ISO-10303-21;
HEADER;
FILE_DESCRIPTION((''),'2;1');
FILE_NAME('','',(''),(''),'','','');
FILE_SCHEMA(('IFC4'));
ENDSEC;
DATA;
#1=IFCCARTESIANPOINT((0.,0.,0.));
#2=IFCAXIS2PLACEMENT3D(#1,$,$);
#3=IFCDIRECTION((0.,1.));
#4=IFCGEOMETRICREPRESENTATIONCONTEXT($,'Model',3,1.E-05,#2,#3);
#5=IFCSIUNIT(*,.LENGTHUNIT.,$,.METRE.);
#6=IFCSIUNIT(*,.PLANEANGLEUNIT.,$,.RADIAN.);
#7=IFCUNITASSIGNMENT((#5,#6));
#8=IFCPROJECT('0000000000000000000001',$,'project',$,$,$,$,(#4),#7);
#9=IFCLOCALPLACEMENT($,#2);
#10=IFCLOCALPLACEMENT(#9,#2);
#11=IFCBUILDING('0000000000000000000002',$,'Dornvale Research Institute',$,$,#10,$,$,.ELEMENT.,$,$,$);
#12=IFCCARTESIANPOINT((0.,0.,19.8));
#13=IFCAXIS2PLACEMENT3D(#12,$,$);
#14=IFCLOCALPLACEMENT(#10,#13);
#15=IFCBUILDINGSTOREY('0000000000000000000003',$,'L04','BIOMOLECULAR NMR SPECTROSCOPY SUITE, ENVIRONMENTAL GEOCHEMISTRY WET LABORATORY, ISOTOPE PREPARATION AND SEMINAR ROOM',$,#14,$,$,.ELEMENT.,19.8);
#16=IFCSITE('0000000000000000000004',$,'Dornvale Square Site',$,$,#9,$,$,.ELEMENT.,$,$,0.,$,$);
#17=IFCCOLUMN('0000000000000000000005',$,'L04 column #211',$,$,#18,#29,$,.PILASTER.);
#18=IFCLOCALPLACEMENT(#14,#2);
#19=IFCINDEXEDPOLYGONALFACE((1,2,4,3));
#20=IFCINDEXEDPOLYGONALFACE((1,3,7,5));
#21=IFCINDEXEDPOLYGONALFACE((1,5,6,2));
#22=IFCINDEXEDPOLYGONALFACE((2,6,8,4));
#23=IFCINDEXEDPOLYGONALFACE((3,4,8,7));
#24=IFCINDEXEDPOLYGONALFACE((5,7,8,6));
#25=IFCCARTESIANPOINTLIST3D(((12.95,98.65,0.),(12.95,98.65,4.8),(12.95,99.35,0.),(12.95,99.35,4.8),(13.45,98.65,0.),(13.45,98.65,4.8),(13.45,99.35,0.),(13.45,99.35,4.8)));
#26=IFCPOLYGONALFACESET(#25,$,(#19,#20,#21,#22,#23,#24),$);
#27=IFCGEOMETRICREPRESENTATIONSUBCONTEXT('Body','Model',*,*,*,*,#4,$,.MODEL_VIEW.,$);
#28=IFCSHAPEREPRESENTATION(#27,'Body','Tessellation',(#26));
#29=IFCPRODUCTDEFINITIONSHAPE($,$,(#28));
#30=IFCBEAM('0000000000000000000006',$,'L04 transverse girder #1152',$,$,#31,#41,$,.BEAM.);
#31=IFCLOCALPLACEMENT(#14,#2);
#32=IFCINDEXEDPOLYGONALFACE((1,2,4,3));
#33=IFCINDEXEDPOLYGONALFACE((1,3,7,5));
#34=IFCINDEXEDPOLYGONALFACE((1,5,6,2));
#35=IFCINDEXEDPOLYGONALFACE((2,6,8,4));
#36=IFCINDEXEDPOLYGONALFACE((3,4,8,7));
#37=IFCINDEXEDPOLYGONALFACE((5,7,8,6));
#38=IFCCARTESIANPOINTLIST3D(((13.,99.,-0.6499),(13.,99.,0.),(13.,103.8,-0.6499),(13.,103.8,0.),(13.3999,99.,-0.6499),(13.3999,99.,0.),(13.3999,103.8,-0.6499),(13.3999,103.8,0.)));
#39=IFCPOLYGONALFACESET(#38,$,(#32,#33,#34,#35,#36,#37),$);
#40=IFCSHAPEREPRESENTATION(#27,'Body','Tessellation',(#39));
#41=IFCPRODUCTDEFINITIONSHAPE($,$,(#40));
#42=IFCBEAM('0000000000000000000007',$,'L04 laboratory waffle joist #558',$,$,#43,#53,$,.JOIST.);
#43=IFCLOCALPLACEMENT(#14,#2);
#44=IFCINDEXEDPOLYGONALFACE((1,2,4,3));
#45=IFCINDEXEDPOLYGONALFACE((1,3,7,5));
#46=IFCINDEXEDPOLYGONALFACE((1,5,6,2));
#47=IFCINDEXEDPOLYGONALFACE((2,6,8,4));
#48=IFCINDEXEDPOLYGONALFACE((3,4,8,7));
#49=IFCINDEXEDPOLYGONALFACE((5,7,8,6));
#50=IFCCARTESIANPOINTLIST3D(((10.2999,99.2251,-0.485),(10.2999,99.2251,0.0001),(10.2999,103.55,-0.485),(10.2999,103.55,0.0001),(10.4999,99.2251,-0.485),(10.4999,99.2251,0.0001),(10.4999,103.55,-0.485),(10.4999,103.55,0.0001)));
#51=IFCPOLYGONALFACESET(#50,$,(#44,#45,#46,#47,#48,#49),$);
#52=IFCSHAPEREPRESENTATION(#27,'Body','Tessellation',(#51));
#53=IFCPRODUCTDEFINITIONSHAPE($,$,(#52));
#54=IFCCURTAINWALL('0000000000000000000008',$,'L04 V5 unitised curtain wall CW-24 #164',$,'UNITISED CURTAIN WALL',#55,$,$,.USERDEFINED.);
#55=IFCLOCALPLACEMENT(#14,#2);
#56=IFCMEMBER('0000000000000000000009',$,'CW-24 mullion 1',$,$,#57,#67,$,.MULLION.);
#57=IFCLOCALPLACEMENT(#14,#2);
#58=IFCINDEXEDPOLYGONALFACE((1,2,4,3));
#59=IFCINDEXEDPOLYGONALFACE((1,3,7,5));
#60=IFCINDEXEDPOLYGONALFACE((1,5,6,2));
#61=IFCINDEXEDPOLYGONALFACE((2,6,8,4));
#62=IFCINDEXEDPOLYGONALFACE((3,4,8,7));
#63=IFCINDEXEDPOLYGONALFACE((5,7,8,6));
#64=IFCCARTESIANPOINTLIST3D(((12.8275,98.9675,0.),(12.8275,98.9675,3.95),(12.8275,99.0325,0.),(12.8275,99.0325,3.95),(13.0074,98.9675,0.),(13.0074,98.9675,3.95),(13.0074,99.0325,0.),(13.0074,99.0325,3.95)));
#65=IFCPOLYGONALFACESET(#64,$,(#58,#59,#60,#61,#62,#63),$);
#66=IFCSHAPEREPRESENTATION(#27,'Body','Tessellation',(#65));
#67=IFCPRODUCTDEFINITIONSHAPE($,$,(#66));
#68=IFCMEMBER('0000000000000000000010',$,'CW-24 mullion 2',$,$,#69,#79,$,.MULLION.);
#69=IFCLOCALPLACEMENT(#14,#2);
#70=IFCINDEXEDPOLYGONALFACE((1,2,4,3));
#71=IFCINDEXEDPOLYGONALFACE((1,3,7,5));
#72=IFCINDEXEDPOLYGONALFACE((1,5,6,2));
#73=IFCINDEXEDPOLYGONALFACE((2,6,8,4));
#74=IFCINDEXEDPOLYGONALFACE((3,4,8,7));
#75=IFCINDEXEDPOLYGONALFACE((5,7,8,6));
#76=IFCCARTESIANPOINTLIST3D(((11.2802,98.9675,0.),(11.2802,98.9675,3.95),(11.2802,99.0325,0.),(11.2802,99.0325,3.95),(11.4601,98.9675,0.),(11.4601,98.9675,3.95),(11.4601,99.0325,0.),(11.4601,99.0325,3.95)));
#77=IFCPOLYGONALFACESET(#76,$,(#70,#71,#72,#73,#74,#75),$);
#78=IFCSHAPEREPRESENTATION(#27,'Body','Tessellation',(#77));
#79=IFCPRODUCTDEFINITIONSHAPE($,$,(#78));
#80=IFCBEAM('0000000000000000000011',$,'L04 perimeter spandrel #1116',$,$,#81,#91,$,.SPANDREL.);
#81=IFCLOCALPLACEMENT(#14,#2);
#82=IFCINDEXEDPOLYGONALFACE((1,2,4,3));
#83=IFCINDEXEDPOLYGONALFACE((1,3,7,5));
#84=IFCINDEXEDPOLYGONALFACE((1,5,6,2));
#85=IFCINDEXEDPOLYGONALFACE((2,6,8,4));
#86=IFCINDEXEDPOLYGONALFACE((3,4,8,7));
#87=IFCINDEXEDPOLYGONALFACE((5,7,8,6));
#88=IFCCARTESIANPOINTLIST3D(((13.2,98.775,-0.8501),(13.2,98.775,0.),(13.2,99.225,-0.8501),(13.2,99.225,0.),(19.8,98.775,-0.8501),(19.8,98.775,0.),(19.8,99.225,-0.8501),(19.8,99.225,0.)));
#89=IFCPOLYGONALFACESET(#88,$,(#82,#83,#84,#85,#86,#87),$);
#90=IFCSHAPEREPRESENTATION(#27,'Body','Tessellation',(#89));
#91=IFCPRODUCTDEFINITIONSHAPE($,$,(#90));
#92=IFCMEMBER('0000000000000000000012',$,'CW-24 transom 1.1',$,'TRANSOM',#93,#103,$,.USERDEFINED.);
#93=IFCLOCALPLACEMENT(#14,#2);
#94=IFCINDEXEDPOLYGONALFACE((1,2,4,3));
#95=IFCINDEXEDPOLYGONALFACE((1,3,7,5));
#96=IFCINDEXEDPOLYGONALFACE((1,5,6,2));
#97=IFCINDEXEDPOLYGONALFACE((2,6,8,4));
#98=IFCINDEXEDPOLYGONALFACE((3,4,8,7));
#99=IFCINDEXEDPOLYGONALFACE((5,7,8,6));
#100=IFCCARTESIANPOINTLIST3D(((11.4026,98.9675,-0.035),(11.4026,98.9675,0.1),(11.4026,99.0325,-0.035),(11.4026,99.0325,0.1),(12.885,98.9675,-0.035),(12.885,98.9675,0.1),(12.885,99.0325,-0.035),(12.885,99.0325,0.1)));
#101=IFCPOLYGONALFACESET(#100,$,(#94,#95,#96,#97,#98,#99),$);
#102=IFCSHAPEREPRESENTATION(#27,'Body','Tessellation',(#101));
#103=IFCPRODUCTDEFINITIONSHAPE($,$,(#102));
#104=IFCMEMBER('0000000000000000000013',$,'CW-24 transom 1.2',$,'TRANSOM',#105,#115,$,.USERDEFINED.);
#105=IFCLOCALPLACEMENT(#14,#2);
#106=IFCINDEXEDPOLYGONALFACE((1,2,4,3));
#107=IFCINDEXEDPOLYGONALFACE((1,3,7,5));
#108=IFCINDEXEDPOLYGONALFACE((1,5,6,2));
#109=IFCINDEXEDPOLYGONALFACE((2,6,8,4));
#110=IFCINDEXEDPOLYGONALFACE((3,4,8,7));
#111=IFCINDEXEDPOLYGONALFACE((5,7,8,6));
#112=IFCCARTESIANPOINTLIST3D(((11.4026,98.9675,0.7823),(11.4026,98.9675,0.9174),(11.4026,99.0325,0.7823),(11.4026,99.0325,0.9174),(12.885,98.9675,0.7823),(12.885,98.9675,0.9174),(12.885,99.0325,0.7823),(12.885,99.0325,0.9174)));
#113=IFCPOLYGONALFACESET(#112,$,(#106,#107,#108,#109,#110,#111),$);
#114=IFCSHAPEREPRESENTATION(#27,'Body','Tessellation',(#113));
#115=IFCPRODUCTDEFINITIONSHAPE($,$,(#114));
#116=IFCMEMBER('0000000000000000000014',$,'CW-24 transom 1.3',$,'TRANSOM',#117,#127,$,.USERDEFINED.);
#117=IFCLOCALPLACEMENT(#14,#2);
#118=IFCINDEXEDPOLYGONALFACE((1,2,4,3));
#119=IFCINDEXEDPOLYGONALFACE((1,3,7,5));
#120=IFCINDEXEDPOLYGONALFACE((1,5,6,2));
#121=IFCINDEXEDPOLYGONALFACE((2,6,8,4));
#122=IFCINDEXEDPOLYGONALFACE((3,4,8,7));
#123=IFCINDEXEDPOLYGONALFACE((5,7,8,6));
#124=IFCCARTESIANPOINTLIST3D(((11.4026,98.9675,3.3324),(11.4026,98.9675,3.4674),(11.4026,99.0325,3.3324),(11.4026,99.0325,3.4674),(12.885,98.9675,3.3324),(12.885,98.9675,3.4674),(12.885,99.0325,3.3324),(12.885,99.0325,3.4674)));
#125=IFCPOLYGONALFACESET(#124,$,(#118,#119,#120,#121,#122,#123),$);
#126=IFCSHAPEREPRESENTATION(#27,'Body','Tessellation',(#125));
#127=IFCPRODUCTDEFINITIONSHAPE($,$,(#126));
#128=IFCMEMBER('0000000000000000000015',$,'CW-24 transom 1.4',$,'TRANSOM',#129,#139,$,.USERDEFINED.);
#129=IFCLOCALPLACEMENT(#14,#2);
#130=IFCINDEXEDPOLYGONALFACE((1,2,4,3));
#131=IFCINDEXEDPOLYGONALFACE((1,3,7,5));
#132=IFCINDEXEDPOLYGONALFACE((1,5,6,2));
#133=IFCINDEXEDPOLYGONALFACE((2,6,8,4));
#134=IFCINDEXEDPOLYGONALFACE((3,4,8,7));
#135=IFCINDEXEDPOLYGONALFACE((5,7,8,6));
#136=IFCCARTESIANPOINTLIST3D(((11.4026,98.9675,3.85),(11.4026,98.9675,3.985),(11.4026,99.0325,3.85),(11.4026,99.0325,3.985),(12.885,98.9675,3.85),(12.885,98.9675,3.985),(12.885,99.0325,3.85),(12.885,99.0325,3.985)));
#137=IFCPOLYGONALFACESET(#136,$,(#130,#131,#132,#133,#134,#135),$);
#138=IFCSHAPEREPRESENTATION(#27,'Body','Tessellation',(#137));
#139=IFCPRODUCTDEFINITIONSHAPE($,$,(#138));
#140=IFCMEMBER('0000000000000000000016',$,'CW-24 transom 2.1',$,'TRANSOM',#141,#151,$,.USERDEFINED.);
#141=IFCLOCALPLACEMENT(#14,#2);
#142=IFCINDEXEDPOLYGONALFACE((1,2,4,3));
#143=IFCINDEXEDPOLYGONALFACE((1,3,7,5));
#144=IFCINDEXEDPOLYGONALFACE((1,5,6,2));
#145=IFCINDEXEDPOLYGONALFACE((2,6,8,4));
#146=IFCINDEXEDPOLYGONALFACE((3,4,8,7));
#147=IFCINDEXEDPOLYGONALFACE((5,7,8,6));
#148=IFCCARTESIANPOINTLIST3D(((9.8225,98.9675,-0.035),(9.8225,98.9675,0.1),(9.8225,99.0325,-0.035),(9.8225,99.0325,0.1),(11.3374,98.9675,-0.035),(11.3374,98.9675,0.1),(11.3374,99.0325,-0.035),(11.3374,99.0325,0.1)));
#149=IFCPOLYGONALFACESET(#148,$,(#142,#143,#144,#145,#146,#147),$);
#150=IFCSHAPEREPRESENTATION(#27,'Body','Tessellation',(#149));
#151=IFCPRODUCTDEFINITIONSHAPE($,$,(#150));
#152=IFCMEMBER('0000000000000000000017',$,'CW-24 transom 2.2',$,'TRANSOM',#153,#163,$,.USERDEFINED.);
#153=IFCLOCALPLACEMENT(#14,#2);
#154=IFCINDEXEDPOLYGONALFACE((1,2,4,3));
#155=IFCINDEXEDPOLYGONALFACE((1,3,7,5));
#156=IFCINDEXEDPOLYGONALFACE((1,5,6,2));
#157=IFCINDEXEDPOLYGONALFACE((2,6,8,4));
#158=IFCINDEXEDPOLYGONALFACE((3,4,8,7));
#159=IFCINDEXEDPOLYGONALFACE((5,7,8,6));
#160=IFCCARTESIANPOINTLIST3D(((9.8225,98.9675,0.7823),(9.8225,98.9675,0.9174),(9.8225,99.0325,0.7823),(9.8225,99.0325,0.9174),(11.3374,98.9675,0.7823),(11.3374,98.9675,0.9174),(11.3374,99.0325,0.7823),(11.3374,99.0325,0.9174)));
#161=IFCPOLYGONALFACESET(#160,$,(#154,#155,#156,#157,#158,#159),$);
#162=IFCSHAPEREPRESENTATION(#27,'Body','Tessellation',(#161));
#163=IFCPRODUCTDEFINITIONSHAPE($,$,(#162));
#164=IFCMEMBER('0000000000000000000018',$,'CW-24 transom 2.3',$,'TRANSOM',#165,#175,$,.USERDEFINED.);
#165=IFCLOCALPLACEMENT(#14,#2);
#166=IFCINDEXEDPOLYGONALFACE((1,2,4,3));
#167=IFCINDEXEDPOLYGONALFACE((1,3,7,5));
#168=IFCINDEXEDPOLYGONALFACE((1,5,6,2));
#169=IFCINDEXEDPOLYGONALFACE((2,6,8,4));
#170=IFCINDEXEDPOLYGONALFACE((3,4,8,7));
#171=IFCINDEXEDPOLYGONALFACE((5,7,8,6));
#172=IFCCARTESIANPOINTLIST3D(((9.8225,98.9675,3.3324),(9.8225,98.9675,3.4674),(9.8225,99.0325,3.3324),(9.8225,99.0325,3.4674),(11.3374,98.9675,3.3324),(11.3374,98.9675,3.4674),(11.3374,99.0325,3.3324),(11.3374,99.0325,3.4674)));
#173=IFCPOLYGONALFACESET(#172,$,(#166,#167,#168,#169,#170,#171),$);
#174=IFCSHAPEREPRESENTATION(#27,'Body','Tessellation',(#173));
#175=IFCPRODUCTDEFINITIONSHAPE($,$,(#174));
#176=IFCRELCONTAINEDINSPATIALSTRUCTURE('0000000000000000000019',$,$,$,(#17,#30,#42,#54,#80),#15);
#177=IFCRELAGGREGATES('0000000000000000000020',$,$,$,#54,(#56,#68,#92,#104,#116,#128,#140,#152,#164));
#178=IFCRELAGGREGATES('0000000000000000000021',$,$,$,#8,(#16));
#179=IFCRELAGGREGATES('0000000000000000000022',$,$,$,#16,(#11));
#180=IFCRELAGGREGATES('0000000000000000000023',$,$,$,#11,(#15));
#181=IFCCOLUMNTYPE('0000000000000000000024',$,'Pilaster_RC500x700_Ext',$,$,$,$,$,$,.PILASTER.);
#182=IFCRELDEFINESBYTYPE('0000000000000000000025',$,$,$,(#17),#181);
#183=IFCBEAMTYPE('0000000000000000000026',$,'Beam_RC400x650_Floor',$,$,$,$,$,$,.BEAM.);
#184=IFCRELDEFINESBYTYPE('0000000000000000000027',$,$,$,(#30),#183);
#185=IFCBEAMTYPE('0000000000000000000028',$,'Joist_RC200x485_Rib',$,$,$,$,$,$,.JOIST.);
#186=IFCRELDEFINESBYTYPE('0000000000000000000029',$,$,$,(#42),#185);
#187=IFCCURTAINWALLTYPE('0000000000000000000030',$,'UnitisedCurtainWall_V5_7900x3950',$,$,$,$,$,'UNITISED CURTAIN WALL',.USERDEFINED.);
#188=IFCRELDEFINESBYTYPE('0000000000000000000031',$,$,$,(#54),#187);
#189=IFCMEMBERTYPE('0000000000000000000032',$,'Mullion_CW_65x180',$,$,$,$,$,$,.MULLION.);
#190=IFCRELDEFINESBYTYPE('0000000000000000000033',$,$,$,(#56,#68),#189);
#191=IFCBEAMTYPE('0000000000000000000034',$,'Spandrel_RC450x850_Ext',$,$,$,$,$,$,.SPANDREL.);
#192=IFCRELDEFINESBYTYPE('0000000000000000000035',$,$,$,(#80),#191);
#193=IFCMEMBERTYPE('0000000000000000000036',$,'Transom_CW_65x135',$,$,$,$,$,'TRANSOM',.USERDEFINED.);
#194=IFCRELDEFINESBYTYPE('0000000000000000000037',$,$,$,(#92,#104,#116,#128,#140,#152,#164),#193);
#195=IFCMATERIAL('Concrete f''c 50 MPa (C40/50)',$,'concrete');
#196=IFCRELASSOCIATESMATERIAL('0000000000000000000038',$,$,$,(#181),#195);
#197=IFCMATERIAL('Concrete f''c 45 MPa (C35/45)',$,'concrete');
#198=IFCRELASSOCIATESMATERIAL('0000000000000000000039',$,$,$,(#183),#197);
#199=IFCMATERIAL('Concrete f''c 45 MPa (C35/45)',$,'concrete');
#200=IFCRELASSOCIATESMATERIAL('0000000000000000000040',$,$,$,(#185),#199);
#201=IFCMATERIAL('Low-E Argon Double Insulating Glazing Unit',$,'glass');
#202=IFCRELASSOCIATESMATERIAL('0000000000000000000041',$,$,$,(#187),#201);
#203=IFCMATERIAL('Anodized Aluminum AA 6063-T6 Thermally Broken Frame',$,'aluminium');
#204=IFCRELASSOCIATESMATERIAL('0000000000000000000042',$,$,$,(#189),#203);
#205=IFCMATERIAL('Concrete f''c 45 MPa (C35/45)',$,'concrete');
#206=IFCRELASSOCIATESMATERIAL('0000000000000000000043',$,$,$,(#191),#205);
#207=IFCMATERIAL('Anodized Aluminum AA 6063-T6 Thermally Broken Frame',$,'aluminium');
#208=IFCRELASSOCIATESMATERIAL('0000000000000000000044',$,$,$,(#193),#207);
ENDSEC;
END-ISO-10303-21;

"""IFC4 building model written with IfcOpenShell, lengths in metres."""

from ifc_helpers import new_model, si_unit, direction, frame, origin, origin_2d, place, context, subcontext, project, spatial, rectangle, extrude, material, material_profile, profile_set, type_object, element, aggregate, save


model = new_model("IFC4")

# Units and contexts
model_context = context("Model", 3, precision=1e-05, world=origin(), true_north=direction((0.0, 1.0)))
body_context = subcontext(model_context, "Body", "Model", "MODEL_VIEW")
ifc_project = project(units=[si_unit("LENGTHUNIT", "METRE"), si_unit("PLANEANGLEUNIT", "RADIAN")], contexts=[model_context])

# Site, building, storey
site_placement = place(None, origin())
site = spatial("IfcSite", under=ifc_project, at=site_placement, Name="Dornvale Square Site", CompositionType="ELEMENT", RefElevation=0.0)
building_placement = place(site_placement, origin())
building = spatial("IfcBuilding", under=site, at=building_placement, Name="Dornvale Research Institute", CompositionType="ELEMENT")
storey_placement = place(building_placement, frame((0.0, 0.0, 19.8)))
storey = spatial("IfcBuildingStorey", under=building, at=storey_placement, Name="L04", Description="BIOMOLECULAR NMR SPECTROSCOPY SUITE, ENVIRONMENTAL GEOCHEMISTRY WET LABORATORY, ISOTOPE PREPARATION AND SEMINAR ROOM", CompositionType="ELEMENT", Elevation=19.8)

# Column
ifc_material_1 = material(Name="Concrete f'c 50 MPa (C40/50)", Category="concrete")
ifc_material_profile_1 = material_profile(ifc_material_1, rectangle(XDim=0.5, YDim=0.7, at=origin_2d()), Name="RC 500x700")
ifc_profile_set_1 = profile_set([ifc_material_profile_1], Name="Concrete f'c 50 MPa (C40/50)")
column_type = type_object("IfcColumnType", Name="Pilaster_RC500x700_Ext", PredefinedType="PILASTER", material=ifc_profile_set_1)
column_placement = place(storey_placement, frame((13.2, 99.0, 0.0), z_axis=(0.0, 0.0, 1.0), x_axis=(1.0, 0.0, 0.0)))
element("IfcColumn", 1, at=column_placement, inside=storey, type_object=column_type, Name="L04 column #211", PredefinedType="PILASTER", context=body_context, shape_type="SweptSolid", body=[
    extrude(rectangle(XDim=0.5, YDim=0.7, at=origin_2d()), origin(), (0.0, 0.0, 1.0), 4.8),
])

# Beams
ifc_material_2 = material(Name="Concrete f'c 45 MPa (C35/45)", Category="concrete")
ifc_material_profile_2 = material_profile(ifc_material_2, rectangle(XDim=0.3999, YDim=0.6499, at=origin_2d()), Name="RC 400x650")
ifc_profile_set_2 = profile_set([ifc_material_profile_2], Name="Concrete f'c 45 MPa (C35/45)")
beam_type_1 = type_object("IfcBeamType", Name="Beam_RC400x650_Floor", PredefinedType="BEAM", material=ifc_profile_set_2)
beam_1_placement = place(storey_placement, frame((13.2, 99.0, -0.325), z_axis=(0.0, 1.0, 0.0), x_axis=(-1.0, 0.0, 0.0)))
element("IfcBeam", 2, at=beam_1_placement, inside=storey, type_object=beam_type_1, Name="L04 transverse girder #1152", PredefinedType="BEAM", context=body_context, shape_type="SweptSolid", body=[
    extrude(rectangle(XDim=0.3999, YDim=0.6499, at=origin_2d()), origin(), (0.0, 0.0, 1.0), 4.8),
])
ifc_material_3 = material(Name="Concrete f'c 45 MPa (C35/45)", Category="concrete")
ifc_material_profile_3 = material_profile(ifc_material_3, rectangle(XDim=0.2, YDim=0.4851, at=origin_2d()), Name="RC 200x485")
ifc_profile_set_3 = profile_set([ifc_material_profile_3], Name="Concrete f'c 45 MPa (C35/45)")
beam_type_2 = type_object("IfcBeamType", Name="Joist_RC200x485_Rib", PredefinedType="JOIST", material=ifc_profile_set_3)
beam_2_placement = place(storey_placement, frame((10.3999, 99.2251, -0.2424), z_axis=(0.0, 1.0, 0.0), x_axis=(-1.0, 0.0, 0.0)))
element("IfcBeam", 3, at=beam_2_placement, inside=storey, type_object=beam_type_2, Name="L04 laboratory waffle joist #558", PredefinedType="JOIST", context=body_context, shape_type="SweptSolid", body=[
    extrude(rectangle(XDim=0.2, YDim=0.4851, at=origin_2d()), origin(), (0.0, 0.0, 1.0), 4.325),
])

# Curtain wall, members
ifc_material_4 = material(Name="Low-E Argon Double Insulating Glazing Unit", Category="glass")
curtain_wall_type = type_object("IfcCurtainWallType", Name="UnitisedCurtainWall_V5_7900x3950", ElementType="UNITISED CURTAIN WALL", PredefinedType="USERDEFINED", material=ifc_material_4)
curtain_wall_placement = place(storey_placement, origin())
curtain_wall = element("IfcCurtainWall", 4, at=curtain_wall_placement, inside=storey, type_object=curtain_wall_type, Name="L04 V5 unitised curtain wall CW-24 #164", ObjectType="UNITISED CURTAIN WALL", PredefinedType="USERDEFINED")
ifc_material_5 = material(Name="Anodized Aluminum AA 6063-T6 Thermally Broken Frame", Category="aluminium")
ifc_material_profile_4 = material_profile(ifc_material_5, rectangle(XDim=0.0649, YDim=0.1799, at=origin_2d()), Name="ALU MULLION 65x180")
ifc_profile_set_4 = profile_set([ifc_material_profile_4], Name="Anodized Aluminum AA 6063-T6 Thermally Broken Frame")
member_type_1 = type_object("IfcMemberType", Name="Mullion_CW_65x180", PredefinedType="MULLION", material=ifc_profile_set_4)
member_1_placement = place(storey_placement, frame((12.9175, 99.0, 0.0), z_axis=(0.0, 0.0, 1.0), x_axis=(0.0, -1.0, 0.0)))
member_1 = element("IfcMember", 5, at=member_1_placement, type_object=member_type_1, Name="CW-24 mullion 1", PredefinedType="MULLION", context=body_context, shape_type="SweptSolid", body=[
    extrude(rectangle(XDim=0.0649, YDim=0.1799, at=origin_2d()), origin(), (0.0, 0.0, 1.0), 3.95),
])
member_2_placement = place(storey_placement, frame((11.3701, 99.0, 0.0), z_axis=(0.0, 0.0, 1.0), x_axis=(0.0, -1.0, 0.0)))
member_2 = element("IfcMember", 6, at=member_2_placement, type_object=member_type_1, Name="CW-24 mullion 2", PredefinedType="MULLION", context=body_context, shape_type="SweptSolid", body=[
    extrude(rectangle(XDim=0.0649, YDim=0.1799, at=origin_2d()), origin(), (0.0, 0.0, 1.0), 3.95),
])

# Beam
ifc_material_6 = material(Name="Concrete f'c 45 MPa (C35/45)", Category="concrete")
ifc_material_profile_5 = material_profile(ifc_material_6, rectangle(XDim=0.45, YDim=0.8501, at=origin_2d()), Name="RC 450x850")
ifc_profile_set_5 = profile_set([ifc_material_profile_5], Name="Concrete f'c 45 MPa (C35/45)")
beam_type_3 = type_object("IfcBeamType", Name="Spandrel_RC450x850_Ext", PredefinedType="SPANDREL", material=ifc_profile_set_5)
beam_3_placement = place(storey_placement, frame((13.2, 99.0, -0.425), z_axis=(1.0, 0.0, 0.0), x_axis=(0.0, 1.0, 0.0)))
element("IfcBeam", 7, at=beam_3_placement, inside=storey, type_object=beam_type_3, Name="L04 perimeter spandrel #1116", PredefinedType="SPANDREL", context=body_context, shape_type="SweptSolid", body=[
    extrude(rectangle(XDim=0.45, YDim=0.8501, at=origin_2d()), origin(), (0.0, 0.0, 1.0), 6.6001),
])

# Members
ifc_material_7 = material(Name="Anodized Aluminum AA 6063-T6 Thermally Broken Frame", Category="aluminium")
ifc_material_profile_6 = material_profile(ifc_material_7, rectangle(XDim=0.0649, YDim=0.135, at=origin_2d()), Name="ALU TRANSOM 65x135")
ifc_profile_set_6 = profile_set([ifc_material_profile_6], Name="Anodized Aluminum AA 6063-T6 Thermally Broken Frame")
member_type_2 = type_object("IfcMemberType", Name="Transom_CW_65x135", ElementType="TRANSOM", PredefinedType="USERDEFINED", material=ifc_profile_set_6)
member_3_placement = place(storey_placement, frame((12.885, 99.0, 0.0325), z_axis=(-1.0, 0.0, 0.0), x_axis=(0.0, -1.0, 0.0)))
member_3 = element("IfcMember", 8, at=member_3_placement, type_object=member_type_2, Name="CW-24 transom 1.1", ObjectType="TRANSOM", PredefinedType="USERDEFINED", context=body_context, shape_type="SweptSolid", body=[
    extrude(rectangle(XDim=0.0649, YDim=0.135, at=origin_2d()), origin(), (0.0, 0.0, 1.0), 1.4824),
])
member_4_placement = place(storey_placement, frame((12.885, 99.0, 0.8499), z_axis=(-1.0, 0.0, 0.0), x_axis=(0.0, -1.0, 0.0)))
member_4 = element("IfcMember", 9, at=member_4_placement, type_object=member_type_2, Name="CW-24 transom 1.2", ObjectType="TRANSOM", PredefinedType="USERDEFINED", context=body_context, shape_type="SweptSolid", body=[
    extrude(rectangle(XDim=0.0649, YDim=0.135, at=origin_2d()), origin(), (0.0, 0.0, 1.0), 1.4824),
])
member_5_placement = place(storey_placement, frame((12.885, 99.0, 3.3999), z_axis=(-1.0, 0.0, 0.0), x_axis=(0.0, -1.0, 0.0)))
member_5 = element("IfcMember", 10, at=member_5_placement, type_object=member_type_2, Name="CW-24 transom 1.3", ObjectType="TRANSOM", PredefinedType="USERDEFINED", context=body_context, shape_type="SweptSolid", body=[
    extrude(rectangle(XDim=0.0649, YDim=0.135, at=origin_2d()), origin(), (0.0, 0.0, 1.0), 1.4824),
])
member_6_placement = place(storey_placement, frame((12.885, 99.0, 3.9175), z_axis=(-1.0, 0.0, 0.0), x_axis=(0.0, -1.0, 0.0)))
member_6 = element("IfcMember", 11, at=member_6_placement, type_object=member_type_2, Name="CW-24 transom 1.4", ObjectType="TRANSOM", PredefinedType="USERDEFINED", context=body_context, shape_type="SweptSolid", body=[
    extrude(rectangle(XDim=0.0649, YDim=0.135, at=origin_2d()), origin(), (0.0, 0.0, 1.0), 1.4824),
])
member_7_placement = place(storey_placement, frame((11.3374, 99.0, 0.0325), z_axis=(-1.0, 0.0, 0.0), x_axis=(0.0, -1.0, 0.0)))
member_7 = element("IfcMember", 12, at=member_7_placement, type_object=member_type_2, Name="CW-24 transom 2.1", ObjectType="TRANSOM", PredefinedType="USERDEFINED", context=body_context, shape_type="SweptSolid", body=[
    extrude(rectangle(XDim=0.0649, YDim=0.135, at=origin_2d()), origin(), (0.0, 0.0, 1.0), 1.5149),
])
member_8_placement = place(storey_placement, frame((11.3374, 99.0, 0.8499), z_axis=(-1.0, 0.0, 0.0), x_axis=(0.0, -1.0, 0.0)))
member_8 = element("IfcMember", 13, at=member_8_placement, type_object=member_type_2, Name="CW-24 transom 2.2", ObjectType="TRANSOM", PredefinedType="USERDEFINED", context=body_context, shape_type="SweptSolid", body=[
    extrude(rectangle(XDim=0.0649, YDim=0.135, at=origin_2d()), origin(), (0.0, 0.0, 1.0), 1.5149),
])
member_9_placement = place(storey_placement, frame((11.3374, 99.0, 3.3999), z_axis=(-1.0, 0.0, 0.0), x_axis=(0.0, -1.0, 0.0)))
member_9 = element("IfcMember", 14, at=member_9_placement, type_object=member_type_2, Name="CW-24 transom 2.3", ObjectType="TRANSOM", PredefinedType="USERDEFINED", context=body_context, shape_type="SweptSolid", body=[
    extrude(rectangle(XDim=0.0649, YDim=0.135, at=origin_2d()), origin(), (0.0, 0.0, 1.0), 1.5149),
])

aggregate(curtain_wall, [member_1, member_2, member_3, member_4, member_5, member_6, member_7, member_8, member_9])

save(model, "model.ifc")
